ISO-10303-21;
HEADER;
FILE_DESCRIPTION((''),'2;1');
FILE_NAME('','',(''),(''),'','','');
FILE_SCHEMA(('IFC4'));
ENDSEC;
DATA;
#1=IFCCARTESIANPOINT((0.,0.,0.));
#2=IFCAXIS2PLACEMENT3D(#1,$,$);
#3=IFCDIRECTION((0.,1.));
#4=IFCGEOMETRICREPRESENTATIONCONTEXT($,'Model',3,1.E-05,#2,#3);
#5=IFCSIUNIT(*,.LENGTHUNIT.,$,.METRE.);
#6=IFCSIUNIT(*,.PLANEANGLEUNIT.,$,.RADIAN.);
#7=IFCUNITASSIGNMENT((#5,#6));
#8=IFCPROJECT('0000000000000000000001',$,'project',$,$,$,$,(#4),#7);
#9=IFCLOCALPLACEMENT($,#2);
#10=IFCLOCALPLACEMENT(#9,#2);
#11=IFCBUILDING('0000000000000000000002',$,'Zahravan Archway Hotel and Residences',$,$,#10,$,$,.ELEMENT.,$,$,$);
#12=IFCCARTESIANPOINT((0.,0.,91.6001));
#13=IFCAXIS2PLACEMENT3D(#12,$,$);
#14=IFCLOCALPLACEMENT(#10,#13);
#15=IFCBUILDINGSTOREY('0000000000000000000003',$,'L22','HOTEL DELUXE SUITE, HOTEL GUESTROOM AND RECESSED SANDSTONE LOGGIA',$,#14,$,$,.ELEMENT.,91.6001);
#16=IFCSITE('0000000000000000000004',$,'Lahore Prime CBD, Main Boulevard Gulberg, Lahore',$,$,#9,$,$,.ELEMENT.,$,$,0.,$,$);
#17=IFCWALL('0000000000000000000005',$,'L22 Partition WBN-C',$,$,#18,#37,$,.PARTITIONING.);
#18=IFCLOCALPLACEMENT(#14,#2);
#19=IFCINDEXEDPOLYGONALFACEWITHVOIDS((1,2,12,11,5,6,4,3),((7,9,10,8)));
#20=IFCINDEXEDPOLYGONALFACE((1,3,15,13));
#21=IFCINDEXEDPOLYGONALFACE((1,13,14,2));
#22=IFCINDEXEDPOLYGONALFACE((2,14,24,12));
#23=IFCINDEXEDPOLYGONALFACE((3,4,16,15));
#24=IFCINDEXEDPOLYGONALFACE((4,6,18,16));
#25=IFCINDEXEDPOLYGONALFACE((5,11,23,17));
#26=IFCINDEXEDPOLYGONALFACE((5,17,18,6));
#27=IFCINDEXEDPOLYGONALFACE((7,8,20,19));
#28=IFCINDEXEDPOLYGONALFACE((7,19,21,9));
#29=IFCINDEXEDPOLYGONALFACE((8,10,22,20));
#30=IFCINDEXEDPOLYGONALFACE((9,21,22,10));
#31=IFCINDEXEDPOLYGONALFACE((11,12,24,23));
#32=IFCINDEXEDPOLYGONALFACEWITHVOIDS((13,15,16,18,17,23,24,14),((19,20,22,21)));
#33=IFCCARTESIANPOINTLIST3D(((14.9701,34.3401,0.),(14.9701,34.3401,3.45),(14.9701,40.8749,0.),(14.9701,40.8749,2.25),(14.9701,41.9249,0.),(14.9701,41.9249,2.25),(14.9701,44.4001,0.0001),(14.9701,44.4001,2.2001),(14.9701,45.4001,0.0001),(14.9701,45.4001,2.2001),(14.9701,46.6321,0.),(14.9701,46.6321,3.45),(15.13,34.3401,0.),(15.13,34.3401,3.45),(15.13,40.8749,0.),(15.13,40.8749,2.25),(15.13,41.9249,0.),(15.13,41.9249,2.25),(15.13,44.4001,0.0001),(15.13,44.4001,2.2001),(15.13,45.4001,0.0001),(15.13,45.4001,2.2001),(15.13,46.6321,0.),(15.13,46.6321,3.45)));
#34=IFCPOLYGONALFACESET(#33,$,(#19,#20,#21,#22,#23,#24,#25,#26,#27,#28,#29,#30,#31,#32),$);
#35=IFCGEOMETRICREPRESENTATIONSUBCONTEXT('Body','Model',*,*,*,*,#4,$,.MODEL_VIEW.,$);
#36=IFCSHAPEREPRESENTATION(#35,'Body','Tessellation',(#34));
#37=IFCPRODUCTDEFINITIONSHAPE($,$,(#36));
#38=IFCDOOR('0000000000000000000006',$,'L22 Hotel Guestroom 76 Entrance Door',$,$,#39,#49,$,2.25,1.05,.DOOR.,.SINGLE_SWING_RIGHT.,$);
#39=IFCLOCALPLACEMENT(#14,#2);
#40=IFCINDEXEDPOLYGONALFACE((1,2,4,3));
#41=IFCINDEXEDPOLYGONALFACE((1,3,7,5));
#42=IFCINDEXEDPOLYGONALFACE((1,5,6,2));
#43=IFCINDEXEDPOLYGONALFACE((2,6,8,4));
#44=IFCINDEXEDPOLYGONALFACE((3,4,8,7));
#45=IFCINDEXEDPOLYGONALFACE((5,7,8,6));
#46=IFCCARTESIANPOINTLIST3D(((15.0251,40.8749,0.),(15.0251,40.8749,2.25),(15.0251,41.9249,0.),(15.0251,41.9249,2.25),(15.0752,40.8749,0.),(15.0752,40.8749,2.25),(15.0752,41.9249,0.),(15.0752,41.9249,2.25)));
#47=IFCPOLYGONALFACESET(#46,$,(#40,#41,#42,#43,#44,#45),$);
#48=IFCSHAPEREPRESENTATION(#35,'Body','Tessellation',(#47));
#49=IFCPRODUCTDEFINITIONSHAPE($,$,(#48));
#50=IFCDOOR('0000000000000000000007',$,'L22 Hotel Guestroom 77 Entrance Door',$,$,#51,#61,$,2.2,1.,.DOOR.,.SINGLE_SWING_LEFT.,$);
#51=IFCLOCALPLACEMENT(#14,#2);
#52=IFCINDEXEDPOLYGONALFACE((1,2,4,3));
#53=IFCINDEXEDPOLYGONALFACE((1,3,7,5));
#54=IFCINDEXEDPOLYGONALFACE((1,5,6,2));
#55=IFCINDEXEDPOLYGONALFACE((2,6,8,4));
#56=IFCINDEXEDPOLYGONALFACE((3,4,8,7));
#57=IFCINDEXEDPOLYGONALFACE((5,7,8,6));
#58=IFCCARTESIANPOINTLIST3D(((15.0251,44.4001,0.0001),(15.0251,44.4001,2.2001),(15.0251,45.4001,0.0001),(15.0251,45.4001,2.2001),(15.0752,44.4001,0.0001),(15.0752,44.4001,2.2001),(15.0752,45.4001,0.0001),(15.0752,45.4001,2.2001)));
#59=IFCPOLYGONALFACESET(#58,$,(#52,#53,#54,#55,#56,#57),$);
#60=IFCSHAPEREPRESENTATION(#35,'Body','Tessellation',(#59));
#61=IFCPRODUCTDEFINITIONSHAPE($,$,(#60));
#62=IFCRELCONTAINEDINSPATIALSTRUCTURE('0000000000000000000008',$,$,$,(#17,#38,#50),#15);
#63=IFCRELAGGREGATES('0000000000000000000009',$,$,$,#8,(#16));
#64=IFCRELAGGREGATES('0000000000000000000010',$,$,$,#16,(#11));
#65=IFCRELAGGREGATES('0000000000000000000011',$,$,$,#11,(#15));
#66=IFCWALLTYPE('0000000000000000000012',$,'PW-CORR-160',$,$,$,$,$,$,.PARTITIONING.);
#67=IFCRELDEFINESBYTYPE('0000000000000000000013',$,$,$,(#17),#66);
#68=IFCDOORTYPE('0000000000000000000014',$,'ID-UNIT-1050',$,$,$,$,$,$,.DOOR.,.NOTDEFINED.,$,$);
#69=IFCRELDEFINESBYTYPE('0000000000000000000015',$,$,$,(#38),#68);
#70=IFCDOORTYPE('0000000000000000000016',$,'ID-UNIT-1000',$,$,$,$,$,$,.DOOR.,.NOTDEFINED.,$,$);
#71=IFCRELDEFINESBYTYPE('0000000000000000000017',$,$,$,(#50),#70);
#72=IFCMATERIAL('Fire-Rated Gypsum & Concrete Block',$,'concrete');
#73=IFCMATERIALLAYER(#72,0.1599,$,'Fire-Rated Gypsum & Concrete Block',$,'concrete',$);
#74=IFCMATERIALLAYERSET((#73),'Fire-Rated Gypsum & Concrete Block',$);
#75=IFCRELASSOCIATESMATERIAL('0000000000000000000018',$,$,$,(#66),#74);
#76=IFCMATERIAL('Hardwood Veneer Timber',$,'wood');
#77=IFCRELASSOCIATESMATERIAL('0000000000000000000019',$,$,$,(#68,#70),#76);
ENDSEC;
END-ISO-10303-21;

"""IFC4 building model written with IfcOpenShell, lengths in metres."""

from ifc_helpers import new_model, si_unit, direction, frame, frame_2d, origin, place, context, subcontext, project, spatial, rectangle, extrude, source, transform, mapped, material, layer, layer_set, type_object, type_shapes, element, fill, save


model = new_model("IFC4")

# Units and contexts
model_context = context("Model", 3, precision=1e-05, world=origin(), true_north=direction((0.0, 1.0)))
body_context = subcontext(model_context, "Body", "Model", "MODEL_VIEW")
ifc_project = project(units=[si_unit("LENGTHUNIT", "METRE"), si_unit("PLANEANGLEUNIT", "RADIAN")], contexts=[model_context])

# Site, building, storey
site_placement = place(None, origin())
site = spatial("IfcSite", under=ifc_project, at=site_placement, Name="Lahore Prime CBD, Main Boulevard Gulberg, Lahore", CompositionType="ELEMENT", RefElevation=0.0)
building_placement = place(site_placement, origin())
building = spatial("IfcBuilding", under=site, at=building_placement, Name="Zahravan Archway Hotel and Residences", CompositionType="ELEMENT")
storey_placement = place(building_placement, frame((0.0, 0.0, 91.6001)))
storey = spatial("IfcBuildingStorey", under=building, at=storey_placement, Name="L22", Description="HOTEL DELUXE SUITE, HOTEL GUESTROOM AND RECESSED SANDSTONE LOGGIA", CompositionType="ELEMENT", Elevation=91.6001)

# Wall, openings, doors
ifc_material_1 = material(Name="Fire-Rated Gypsum & Concrete Block", Category="concrete")
ifc_layer_1 = layer(ifc_material_1, 0.1599, Name="Fire-Rated Gypsum & Concrete Block", Category="concrete")
ifc_layer_set_1 = layer_set([ifc_layer_1], Name="Fire-Rated Gypsum & Concrete Block")
wall_type = type_object("IfcWallType", Name="PW-CORR-160", PredefinedType="PARTITIONING", material=ifc_layer_set_1)
wall_placement = place(storey_placement, frame((15.05, 34.3401, 0.0), z_axis=(0.0, 0.0, 1.0), x_axis=(0.0, 1.0, 0.0)))
wall = element("IfcWall", 1, at=wall_placement, inside=storey, type_object=wall_type, Name="L22 Partition WBN-C", PredefinedType="PARTITIONING", context=body_context, shape_type="SweptSolid", body=[
    extrude(rectangle(XDim=12.292, YDim=0.1599, at=frame_2d((6.146, 0.0))), origin(), (0.0, 0.0, 1.0), 3.45),
])
opening_1_placement = place(wall_placement, frame((6.5349, 0.0, 0.0)))
opening_1 = element("IfcOpeningElement", 2, at=opening_1_placement, cuts=wall, PredefinedType="OPENING", context=body_context, shape_type="SweptSolid", body=[
    extrude(rectangle(XDim=1.05, YDim=2.25, at=frame_2d((0.5249, 1.125))), frame((0.0, 0.0898, 0.0), z_axis=(0.0, -1.0, 0.0), x_axis=(1.0, 0.0, 0.0)), (0.0, 0.0, 1.0), 0.1799),
])
opening_2_placement = place(wall_placement, frame((10.0601, 0.0, 0.0)))
opening_2 = element("IfcOpeningElement", 3, at=opening_2_placement, cuts=wall, PredefinedType="OPENING", context=body_context, shape_type="SweptSolid", body=[
    extrude(rectangle(XDim=1.0, YDim=2.2, at=frame_2d((0.5, 1.1001))), frame((0.0, 0.0898, 0.0), z_axis=(0.0, -1.0, 0.0), x_axis=(1.0, 0.0, 0.0)), (0.0, 0.0, 1.0), 0.1799),
])
ifc_material_2 = material(Name="Hardwood Veneer Timber", Category="wood")
door_type_1 = type_object("IfcDoorType", Name="ID-UNIT-1050", OperationType="NOTDEFINED", PredefinedType="DOOR", material=ifc_material_2)
shared_shape_1 = source(origin(), body_context, "Body", "SweptSolid", [
    extrude(rectangle(XDim=1.05, YDim=2.25, at=frame_2d((0.5249, 1.125))), frame((0.0, 0.0249, 0.0), z_axis=(0.0, -1.0, 0.0), x_axis=(1.0, 0.0, 0.0)), (0.0, 0.0, 1.0), 0.05),
])
type_shapes(door_type_1, [shared_shape_1])
door_1_placement = place(opening_1_placement, origin())
door_1 = element("IfcDoor", 4, at=door_1_placement, inside=storey, type_object=door_type_1, Name="L22 Hotel Guestroom 76 Entrance Door", OperationType="SINGLE_SWING_RIGHT", OverallHeight=2.25, OverallWidth=1.05, PredefinedType="DOOR", context=body_context, shape_type="MappedRepresentation", body=[
    mapped(shared_shape_1, transform((0.0, 0.0, 0.0), scale=1.0)),
])
fill(opening_1, door_1)
door_type_2 = type_object("IfcDoorType", Name="ID-UNIT-1000", OperationType="NOTDEFINED", PredefinedType="DOOR", material=ifc_material_2)
shared_shape_2 = source(origin(), body_context, "Body", "SweptSolid", [
    extrude(rectangle(XDim=1.0, YDim=2.2, at=frame_2d((0.5, 1.1001))), frame((0.0, 0.0249, 0.0), z_axis=(0.0, -1.0, 0.0), x_axis=(1.0, 0.0, 0.0)), (0.0, 0.0, 1.0), 0.05),
])
type_shapes(door_type_2, [shared_shape_2])
door_2_placement = place(opening_2_placement, origin())
door_2 = element("IfcDoor", 5, at=door_2_placement, inside=storey, type_object=door_type_2, Name="L22 Hotel Guestroom 77 Entrance Door", OperationType="SINGLE_SWING_LEFT", OverallHeight=2.2, OverallWidth=1.0, PredefinedType="DOOR", context=body_context, shape_type="MappedRepresentation", body=[
    mapped(shared_shape_2, transform((0.0, 0.0, 0.0), scale=1.0)),
])
fill(opening_2, door_2)

save(model, "model.ifc")
